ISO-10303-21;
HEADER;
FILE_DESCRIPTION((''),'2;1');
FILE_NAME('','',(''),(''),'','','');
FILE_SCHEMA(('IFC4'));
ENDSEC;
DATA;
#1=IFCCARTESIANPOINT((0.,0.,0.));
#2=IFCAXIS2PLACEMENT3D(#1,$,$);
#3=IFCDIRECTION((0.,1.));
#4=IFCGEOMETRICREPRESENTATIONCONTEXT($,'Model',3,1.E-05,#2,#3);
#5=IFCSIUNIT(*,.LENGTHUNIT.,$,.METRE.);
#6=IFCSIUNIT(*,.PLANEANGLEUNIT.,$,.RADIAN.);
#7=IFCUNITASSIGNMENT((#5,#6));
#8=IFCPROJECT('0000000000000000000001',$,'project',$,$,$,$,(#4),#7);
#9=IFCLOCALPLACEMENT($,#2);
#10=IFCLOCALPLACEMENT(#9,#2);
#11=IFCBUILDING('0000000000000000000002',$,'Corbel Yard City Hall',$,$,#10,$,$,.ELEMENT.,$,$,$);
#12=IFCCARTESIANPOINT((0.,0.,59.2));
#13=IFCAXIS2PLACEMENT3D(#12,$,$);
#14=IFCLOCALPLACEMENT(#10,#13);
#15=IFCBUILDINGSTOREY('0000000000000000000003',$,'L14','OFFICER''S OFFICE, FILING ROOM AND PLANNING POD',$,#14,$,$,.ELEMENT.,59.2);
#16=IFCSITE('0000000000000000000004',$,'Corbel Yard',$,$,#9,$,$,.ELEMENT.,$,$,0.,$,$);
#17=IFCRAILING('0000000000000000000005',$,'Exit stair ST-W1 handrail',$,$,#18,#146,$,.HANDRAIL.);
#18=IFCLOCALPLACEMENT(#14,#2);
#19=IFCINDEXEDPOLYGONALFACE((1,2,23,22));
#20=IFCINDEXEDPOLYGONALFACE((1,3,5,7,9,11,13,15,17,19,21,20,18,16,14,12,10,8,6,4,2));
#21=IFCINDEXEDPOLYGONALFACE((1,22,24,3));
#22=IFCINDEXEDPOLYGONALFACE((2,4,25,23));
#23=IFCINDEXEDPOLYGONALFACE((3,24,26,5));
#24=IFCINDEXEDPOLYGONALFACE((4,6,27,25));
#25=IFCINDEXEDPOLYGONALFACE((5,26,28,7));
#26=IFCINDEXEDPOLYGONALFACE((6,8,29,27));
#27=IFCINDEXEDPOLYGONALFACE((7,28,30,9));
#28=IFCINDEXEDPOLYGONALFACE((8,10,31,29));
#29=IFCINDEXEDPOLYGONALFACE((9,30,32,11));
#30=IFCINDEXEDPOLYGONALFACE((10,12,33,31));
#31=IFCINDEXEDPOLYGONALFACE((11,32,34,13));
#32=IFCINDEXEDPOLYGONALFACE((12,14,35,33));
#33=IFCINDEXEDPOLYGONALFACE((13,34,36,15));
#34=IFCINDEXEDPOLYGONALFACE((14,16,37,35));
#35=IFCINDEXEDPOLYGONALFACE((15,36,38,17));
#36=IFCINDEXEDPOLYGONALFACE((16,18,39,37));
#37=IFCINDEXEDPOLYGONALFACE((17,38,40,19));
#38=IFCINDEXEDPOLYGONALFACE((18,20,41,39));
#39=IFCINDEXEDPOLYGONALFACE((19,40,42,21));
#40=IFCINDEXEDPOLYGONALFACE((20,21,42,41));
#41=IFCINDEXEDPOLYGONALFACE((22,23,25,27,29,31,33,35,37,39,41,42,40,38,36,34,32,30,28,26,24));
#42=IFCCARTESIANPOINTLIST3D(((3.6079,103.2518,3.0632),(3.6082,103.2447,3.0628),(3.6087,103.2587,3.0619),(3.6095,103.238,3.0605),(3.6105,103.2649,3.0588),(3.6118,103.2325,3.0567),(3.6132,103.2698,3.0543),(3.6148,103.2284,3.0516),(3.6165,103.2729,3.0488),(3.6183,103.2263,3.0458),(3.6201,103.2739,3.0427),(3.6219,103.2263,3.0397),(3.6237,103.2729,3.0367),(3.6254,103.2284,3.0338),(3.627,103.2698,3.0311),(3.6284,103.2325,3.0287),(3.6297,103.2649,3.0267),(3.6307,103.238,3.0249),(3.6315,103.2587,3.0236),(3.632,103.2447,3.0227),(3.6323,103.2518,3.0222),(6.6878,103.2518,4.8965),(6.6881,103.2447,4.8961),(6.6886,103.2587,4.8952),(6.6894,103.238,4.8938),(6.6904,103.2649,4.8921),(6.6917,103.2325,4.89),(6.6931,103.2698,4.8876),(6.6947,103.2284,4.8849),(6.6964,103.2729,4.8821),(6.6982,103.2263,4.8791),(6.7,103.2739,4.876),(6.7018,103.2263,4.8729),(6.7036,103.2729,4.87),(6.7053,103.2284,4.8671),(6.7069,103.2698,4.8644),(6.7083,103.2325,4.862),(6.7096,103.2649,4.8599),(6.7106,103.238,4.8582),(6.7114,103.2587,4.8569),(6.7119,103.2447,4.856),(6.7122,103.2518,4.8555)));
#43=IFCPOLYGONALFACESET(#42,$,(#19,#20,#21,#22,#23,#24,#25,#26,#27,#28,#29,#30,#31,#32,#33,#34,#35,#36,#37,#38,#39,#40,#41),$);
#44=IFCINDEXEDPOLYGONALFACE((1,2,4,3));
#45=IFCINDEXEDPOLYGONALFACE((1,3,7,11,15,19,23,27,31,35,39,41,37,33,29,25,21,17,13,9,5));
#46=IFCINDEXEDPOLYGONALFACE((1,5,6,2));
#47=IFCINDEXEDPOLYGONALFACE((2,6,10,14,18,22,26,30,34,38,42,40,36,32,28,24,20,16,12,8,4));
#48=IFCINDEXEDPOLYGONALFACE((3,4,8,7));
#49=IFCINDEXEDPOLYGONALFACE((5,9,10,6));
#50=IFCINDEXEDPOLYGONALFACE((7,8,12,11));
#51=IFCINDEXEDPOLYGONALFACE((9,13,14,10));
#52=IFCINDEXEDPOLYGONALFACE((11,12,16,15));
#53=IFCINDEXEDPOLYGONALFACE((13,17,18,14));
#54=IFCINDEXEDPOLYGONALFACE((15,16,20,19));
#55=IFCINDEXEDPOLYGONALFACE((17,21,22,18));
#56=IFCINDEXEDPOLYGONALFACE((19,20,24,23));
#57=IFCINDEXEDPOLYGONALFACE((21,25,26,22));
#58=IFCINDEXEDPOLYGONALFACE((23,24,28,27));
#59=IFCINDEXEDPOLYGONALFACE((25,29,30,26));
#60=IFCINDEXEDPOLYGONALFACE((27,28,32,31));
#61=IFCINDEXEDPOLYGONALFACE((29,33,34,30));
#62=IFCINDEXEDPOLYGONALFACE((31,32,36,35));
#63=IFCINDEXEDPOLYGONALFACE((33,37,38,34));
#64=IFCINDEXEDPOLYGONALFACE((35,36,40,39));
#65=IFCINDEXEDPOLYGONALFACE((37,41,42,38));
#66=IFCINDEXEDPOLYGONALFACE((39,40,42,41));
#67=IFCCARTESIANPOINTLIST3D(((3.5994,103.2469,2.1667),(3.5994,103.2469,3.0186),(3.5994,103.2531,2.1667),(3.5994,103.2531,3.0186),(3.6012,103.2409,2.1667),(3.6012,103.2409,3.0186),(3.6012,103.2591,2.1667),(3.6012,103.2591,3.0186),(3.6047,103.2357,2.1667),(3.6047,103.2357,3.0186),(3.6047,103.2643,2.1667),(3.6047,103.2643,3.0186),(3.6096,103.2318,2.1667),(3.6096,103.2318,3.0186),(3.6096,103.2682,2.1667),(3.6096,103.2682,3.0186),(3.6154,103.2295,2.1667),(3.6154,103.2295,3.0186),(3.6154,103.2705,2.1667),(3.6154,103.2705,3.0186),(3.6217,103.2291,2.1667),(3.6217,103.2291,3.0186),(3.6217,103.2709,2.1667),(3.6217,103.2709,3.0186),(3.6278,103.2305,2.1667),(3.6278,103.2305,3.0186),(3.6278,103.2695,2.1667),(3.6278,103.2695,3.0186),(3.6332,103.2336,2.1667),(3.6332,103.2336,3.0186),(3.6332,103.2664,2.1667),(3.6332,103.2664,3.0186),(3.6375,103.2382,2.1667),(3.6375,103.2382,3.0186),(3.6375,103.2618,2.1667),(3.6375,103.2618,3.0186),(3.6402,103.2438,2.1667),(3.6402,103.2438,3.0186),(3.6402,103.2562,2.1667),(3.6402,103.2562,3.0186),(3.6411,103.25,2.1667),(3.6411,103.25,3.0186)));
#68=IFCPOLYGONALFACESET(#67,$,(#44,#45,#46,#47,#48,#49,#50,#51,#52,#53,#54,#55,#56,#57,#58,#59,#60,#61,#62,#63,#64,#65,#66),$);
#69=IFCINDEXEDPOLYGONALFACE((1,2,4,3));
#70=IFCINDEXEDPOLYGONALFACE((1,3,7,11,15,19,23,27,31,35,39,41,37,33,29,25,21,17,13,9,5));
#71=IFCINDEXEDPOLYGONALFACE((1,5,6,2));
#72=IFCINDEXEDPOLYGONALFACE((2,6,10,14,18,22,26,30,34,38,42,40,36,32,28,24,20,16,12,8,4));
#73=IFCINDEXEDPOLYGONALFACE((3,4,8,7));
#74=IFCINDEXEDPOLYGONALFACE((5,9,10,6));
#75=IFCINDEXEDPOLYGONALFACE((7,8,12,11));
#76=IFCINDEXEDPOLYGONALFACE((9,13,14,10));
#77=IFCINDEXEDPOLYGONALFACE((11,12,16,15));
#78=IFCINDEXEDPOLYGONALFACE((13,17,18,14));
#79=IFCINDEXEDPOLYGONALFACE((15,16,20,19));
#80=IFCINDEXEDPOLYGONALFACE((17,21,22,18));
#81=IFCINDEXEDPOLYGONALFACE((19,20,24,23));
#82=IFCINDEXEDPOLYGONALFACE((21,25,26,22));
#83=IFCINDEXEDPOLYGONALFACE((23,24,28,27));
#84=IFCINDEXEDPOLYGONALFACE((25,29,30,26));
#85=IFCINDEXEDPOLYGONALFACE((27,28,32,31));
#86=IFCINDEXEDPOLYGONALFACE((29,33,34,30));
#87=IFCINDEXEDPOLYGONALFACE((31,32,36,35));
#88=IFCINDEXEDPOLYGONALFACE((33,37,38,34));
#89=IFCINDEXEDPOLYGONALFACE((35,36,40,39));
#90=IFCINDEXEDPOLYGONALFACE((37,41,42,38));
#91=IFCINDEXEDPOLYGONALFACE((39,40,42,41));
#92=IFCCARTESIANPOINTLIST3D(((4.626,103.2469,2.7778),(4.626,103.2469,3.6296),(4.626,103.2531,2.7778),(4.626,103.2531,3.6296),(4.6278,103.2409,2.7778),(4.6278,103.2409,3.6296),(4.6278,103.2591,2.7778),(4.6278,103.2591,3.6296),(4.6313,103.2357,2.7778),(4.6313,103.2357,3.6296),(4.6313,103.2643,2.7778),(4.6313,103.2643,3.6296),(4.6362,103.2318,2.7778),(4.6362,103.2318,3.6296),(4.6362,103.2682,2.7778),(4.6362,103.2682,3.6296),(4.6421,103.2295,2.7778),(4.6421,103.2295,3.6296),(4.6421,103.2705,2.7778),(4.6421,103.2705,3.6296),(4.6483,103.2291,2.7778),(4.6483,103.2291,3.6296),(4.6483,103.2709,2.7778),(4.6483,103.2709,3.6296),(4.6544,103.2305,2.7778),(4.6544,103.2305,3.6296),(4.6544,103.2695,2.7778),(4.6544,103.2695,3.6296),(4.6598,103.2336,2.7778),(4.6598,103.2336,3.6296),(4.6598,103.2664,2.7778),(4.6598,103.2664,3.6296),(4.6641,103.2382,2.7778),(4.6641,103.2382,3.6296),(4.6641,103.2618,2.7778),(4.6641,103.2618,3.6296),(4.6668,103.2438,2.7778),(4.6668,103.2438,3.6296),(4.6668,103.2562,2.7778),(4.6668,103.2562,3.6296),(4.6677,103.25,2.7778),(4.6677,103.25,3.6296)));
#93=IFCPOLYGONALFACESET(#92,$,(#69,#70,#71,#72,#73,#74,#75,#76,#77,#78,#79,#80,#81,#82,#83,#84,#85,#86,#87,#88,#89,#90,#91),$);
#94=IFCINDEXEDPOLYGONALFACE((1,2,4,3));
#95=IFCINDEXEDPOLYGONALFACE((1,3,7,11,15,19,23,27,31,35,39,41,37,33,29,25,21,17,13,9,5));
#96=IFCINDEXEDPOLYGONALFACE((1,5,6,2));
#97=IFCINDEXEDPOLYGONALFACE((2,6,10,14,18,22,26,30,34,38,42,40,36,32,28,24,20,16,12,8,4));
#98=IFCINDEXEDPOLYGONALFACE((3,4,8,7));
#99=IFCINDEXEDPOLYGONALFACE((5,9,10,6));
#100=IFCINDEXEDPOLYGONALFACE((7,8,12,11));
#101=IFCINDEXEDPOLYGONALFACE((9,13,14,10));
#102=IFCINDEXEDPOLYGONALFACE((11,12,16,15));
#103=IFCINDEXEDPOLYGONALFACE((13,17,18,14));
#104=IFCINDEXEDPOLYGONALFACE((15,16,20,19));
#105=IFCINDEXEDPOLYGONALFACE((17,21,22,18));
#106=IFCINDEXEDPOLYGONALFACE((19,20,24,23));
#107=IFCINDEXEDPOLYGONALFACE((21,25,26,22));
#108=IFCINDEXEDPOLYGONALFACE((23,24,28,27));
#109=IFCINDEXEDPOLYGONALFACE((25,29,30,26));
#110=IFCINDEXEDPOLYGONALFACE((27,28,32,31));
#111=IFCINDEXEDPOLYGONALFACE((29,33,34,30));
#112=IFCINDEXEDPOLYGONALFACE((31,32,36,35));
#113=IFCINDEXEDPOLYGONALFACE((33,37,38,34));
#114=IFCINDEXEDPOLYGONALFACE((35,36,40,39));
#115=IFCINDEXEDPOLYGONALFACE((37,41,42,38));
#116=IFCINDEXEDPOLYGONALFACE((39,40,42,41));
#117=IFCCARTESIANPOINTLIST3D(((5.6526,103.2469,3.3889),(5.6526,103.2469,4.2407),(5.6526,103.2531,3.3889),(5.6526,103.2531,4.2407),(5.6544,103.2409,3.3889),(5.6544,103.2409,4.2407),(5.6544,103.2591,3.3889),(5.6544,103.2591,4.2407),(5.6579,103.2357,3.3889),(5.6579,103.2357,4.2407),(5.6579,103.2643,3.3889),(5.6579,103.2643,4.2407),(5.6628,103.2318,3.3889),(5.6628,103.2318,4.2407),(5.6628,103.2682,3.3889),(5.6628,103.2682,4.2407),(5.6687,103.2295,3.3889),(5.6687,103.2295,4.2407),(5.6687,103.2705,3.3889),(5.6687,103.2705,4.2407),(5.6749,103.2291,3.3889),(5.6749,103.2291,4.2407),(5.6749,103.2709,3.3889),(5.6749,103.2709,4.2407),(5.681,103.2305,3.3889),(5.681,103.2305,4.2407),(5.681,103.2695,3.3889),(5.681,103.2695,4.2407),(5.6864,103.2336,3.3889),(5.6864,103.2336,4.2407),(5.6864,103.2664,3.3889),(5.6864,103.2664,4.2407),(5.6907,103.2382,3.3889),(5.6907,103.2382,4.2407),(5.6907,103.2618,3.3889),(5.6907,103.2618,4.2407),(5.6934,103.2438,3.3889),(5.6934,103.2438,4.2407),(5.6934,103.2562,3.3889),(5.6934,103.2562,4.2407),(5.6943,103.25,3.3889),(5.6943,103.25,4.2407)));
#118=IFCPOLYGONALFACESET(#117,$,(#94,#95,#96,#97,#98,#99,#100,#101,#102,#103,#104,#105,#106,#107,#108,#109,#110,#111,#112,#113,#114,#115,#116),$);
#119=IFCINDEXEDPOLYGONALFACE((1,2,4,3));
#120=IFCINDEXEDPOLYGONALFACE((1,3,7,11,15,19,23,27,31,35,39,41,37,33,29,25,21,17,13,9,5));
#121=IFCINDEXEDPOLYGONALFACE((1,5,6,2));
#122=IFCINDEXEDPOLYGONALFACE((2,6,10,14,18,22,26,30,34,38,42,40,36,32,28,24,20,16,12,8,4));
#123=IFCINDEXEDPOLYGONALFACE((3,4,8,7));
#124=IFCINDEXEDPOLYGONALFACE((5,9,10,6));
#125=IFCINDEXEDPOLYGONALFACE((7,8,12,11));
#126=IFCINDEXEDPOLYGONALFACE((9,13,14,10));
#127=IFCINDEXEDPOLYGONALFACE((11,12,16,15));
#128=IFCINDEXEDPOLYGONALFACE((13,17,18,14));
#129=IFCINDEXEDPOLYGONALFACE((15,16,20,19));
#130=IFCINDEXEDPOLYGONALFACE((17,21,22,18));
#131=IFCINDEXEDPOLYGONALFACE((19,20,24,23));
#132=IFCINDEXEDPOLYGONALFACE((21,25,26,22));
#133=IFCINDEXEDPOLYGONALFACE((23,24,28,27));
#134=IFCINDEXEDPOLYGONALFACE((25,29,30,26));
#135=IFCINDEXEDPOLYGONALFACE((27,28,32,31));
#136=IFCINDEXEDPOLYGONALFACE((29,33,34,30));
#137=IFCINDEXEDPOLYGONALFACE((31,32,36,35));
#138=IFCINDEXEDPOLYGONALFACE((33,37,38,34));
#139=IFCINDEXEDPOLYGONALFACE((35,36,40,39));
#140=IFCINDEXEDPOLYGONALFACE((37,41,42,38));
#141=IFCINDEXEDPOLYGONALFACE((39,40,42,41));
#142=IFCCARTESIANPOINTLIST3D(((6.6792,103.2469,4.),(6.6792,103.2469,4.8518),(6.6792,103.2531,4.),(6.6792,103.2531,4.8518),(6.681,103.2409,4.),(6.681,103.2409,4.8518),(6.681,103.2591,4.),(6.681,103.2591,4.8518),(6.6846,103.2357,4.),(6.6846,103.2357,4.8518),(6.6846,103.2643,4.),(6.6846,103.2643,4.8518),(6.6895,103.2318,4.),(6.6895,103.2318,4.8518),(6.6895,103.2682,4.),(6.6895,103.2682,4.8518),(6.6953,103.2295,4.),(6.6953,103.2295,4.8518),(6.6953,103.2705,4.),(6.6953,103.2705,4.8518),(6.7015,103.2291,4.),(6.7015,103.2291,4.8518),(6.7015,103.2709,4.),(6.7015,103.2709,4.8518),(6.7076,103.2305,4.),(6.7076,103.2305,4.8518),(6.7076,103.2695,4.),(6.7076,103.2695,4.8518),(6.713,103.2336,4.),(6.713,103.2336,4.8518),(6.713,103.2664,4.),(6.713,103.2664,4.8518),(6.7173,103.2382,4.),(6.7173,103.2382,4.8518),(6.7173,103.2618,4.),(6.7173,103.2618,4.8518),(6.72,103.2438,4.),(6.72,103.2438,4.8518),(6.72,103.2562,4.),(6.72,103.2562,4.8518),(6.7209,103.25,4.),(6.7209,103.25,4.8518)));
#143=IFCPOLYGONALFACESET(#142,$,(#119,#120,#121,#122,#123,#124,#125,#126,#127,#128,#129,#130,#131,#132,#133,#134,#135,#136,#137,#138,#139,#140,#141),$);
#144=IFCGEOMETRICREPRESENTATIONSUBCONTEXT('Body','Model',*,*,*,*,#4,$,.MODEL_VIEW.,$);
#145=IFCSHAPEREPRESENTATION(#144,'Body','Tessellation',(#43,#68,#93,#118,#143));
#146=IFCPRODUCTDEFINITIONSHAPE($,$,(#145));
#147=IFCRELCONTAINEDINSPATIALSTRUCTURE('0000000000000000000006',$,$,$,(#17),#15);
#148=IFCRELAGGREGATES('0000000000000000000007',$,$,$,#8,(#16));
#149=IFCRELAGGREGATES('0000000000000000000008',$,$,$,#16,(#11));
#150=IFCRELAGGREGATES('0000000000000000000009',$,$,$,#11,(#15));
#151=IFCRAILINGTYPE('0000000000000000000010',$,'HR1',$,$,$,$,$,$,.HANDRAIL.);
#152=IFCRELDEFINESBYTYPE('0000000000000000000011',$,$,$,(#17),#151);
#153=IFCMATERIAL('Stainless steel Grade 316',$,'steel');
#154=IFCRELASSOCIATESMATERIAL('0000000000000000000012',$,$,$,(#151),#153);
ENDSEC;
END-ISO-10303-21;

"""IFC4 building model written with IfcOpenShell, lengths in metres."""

from ifc_helpers import new_model, si_unit, direction, frame, origin, origin_2d, place, context, subcontext, project, spatial, circle, extrude, material, type_object, element, save


model = new_model("IFC4")

# Units and contexts
model_context = context("Model", 3, precision=1e-05, world=origin(), true_north=direction((0.0, 1.0)))
body_context = subcontext(model_context, "Body", "Model", "MODEL_VIEW")
ifc_project = project(units=[si_unit("LENGTHUNIT", "METRE"), si_unit("PLANEANGLEUNIT", "RADIAN")], contexts=[model_context])

# Site, building, storey
site_placement = place(None, origin())
site = spatial("IfcSite", under=ifc_project, at=site_placement, Name="Corbel Yard", CompositionType="ELEMENT", RefElevation=0.0)
building_placement = place(site_placement, origin())
building = spatial("IfcBuilding", under=site, at=building_placement, Name="Corbel Yard City Hall", CompositionType="ELEMENT")
storey_placement = place(building_placement, frame((0.0, 0.0, 59.2)))
storey = spatial("IfcBuildingStorey", under=building, at=storey_placement, Name="L14", Description="OFFICER'S OFFICE, FILING ROOM AND PLANNING POD", CompositionType="ELEMENT", Elevation=59.2)

# Railing
ifc_material_1 = material(Name="Stainless steel Grade 316", Category="steel")
railing_type = type_object("IfcRailingType", Name="HR1", PredefinedType="HANDRAIL", material=ifc_material_1)
for number, where, name in (
    (1, (3.6201, 103.25, 2.1667), "Exit stair ST-W1 handrail"),
):
    element("IfcRailing", number, at=place(storey_placement, frame(where)), inside=storey, type_object=railing_type, Name=name, PredefinedType="HANDRAIL", context=body_context, shape_type="SweptSolid", body=[
        extrude(circle(Radius=0.0239, at=origin_2d()), frame((0.0, 0.0, 0.876), z_axis=(0.859291, 0.0, 0.511487), x_axis=(0.0, 1.0, 0.0)), (0.0, 0.0, 1.0), 3.5842),
        extrude(circle(Radius=0.021, at=origin_2d()), origin(), (0.0, 0.0, 1.0), 0.8518),
        extrude(circle(Radius=0.021, at=origin_2d()), frame((1.0266, 0.0, 0.6111)), (0.0, 0.0, 1.0), 0.8518),
        extrude(circle(Radius=0.021, at=origin_2d()), frame((2.0532, 0.0, 1.2222)), (0.0, 0.0, 1.0), 0.8518),
        extrude(circle(Radius=0.021, at=origin_2d()), frame((3.0798, 0.0, 1.8333)), (0.0, 0.0, 1.0), 0.8518),
    ])

save(model, "model.ifc")
